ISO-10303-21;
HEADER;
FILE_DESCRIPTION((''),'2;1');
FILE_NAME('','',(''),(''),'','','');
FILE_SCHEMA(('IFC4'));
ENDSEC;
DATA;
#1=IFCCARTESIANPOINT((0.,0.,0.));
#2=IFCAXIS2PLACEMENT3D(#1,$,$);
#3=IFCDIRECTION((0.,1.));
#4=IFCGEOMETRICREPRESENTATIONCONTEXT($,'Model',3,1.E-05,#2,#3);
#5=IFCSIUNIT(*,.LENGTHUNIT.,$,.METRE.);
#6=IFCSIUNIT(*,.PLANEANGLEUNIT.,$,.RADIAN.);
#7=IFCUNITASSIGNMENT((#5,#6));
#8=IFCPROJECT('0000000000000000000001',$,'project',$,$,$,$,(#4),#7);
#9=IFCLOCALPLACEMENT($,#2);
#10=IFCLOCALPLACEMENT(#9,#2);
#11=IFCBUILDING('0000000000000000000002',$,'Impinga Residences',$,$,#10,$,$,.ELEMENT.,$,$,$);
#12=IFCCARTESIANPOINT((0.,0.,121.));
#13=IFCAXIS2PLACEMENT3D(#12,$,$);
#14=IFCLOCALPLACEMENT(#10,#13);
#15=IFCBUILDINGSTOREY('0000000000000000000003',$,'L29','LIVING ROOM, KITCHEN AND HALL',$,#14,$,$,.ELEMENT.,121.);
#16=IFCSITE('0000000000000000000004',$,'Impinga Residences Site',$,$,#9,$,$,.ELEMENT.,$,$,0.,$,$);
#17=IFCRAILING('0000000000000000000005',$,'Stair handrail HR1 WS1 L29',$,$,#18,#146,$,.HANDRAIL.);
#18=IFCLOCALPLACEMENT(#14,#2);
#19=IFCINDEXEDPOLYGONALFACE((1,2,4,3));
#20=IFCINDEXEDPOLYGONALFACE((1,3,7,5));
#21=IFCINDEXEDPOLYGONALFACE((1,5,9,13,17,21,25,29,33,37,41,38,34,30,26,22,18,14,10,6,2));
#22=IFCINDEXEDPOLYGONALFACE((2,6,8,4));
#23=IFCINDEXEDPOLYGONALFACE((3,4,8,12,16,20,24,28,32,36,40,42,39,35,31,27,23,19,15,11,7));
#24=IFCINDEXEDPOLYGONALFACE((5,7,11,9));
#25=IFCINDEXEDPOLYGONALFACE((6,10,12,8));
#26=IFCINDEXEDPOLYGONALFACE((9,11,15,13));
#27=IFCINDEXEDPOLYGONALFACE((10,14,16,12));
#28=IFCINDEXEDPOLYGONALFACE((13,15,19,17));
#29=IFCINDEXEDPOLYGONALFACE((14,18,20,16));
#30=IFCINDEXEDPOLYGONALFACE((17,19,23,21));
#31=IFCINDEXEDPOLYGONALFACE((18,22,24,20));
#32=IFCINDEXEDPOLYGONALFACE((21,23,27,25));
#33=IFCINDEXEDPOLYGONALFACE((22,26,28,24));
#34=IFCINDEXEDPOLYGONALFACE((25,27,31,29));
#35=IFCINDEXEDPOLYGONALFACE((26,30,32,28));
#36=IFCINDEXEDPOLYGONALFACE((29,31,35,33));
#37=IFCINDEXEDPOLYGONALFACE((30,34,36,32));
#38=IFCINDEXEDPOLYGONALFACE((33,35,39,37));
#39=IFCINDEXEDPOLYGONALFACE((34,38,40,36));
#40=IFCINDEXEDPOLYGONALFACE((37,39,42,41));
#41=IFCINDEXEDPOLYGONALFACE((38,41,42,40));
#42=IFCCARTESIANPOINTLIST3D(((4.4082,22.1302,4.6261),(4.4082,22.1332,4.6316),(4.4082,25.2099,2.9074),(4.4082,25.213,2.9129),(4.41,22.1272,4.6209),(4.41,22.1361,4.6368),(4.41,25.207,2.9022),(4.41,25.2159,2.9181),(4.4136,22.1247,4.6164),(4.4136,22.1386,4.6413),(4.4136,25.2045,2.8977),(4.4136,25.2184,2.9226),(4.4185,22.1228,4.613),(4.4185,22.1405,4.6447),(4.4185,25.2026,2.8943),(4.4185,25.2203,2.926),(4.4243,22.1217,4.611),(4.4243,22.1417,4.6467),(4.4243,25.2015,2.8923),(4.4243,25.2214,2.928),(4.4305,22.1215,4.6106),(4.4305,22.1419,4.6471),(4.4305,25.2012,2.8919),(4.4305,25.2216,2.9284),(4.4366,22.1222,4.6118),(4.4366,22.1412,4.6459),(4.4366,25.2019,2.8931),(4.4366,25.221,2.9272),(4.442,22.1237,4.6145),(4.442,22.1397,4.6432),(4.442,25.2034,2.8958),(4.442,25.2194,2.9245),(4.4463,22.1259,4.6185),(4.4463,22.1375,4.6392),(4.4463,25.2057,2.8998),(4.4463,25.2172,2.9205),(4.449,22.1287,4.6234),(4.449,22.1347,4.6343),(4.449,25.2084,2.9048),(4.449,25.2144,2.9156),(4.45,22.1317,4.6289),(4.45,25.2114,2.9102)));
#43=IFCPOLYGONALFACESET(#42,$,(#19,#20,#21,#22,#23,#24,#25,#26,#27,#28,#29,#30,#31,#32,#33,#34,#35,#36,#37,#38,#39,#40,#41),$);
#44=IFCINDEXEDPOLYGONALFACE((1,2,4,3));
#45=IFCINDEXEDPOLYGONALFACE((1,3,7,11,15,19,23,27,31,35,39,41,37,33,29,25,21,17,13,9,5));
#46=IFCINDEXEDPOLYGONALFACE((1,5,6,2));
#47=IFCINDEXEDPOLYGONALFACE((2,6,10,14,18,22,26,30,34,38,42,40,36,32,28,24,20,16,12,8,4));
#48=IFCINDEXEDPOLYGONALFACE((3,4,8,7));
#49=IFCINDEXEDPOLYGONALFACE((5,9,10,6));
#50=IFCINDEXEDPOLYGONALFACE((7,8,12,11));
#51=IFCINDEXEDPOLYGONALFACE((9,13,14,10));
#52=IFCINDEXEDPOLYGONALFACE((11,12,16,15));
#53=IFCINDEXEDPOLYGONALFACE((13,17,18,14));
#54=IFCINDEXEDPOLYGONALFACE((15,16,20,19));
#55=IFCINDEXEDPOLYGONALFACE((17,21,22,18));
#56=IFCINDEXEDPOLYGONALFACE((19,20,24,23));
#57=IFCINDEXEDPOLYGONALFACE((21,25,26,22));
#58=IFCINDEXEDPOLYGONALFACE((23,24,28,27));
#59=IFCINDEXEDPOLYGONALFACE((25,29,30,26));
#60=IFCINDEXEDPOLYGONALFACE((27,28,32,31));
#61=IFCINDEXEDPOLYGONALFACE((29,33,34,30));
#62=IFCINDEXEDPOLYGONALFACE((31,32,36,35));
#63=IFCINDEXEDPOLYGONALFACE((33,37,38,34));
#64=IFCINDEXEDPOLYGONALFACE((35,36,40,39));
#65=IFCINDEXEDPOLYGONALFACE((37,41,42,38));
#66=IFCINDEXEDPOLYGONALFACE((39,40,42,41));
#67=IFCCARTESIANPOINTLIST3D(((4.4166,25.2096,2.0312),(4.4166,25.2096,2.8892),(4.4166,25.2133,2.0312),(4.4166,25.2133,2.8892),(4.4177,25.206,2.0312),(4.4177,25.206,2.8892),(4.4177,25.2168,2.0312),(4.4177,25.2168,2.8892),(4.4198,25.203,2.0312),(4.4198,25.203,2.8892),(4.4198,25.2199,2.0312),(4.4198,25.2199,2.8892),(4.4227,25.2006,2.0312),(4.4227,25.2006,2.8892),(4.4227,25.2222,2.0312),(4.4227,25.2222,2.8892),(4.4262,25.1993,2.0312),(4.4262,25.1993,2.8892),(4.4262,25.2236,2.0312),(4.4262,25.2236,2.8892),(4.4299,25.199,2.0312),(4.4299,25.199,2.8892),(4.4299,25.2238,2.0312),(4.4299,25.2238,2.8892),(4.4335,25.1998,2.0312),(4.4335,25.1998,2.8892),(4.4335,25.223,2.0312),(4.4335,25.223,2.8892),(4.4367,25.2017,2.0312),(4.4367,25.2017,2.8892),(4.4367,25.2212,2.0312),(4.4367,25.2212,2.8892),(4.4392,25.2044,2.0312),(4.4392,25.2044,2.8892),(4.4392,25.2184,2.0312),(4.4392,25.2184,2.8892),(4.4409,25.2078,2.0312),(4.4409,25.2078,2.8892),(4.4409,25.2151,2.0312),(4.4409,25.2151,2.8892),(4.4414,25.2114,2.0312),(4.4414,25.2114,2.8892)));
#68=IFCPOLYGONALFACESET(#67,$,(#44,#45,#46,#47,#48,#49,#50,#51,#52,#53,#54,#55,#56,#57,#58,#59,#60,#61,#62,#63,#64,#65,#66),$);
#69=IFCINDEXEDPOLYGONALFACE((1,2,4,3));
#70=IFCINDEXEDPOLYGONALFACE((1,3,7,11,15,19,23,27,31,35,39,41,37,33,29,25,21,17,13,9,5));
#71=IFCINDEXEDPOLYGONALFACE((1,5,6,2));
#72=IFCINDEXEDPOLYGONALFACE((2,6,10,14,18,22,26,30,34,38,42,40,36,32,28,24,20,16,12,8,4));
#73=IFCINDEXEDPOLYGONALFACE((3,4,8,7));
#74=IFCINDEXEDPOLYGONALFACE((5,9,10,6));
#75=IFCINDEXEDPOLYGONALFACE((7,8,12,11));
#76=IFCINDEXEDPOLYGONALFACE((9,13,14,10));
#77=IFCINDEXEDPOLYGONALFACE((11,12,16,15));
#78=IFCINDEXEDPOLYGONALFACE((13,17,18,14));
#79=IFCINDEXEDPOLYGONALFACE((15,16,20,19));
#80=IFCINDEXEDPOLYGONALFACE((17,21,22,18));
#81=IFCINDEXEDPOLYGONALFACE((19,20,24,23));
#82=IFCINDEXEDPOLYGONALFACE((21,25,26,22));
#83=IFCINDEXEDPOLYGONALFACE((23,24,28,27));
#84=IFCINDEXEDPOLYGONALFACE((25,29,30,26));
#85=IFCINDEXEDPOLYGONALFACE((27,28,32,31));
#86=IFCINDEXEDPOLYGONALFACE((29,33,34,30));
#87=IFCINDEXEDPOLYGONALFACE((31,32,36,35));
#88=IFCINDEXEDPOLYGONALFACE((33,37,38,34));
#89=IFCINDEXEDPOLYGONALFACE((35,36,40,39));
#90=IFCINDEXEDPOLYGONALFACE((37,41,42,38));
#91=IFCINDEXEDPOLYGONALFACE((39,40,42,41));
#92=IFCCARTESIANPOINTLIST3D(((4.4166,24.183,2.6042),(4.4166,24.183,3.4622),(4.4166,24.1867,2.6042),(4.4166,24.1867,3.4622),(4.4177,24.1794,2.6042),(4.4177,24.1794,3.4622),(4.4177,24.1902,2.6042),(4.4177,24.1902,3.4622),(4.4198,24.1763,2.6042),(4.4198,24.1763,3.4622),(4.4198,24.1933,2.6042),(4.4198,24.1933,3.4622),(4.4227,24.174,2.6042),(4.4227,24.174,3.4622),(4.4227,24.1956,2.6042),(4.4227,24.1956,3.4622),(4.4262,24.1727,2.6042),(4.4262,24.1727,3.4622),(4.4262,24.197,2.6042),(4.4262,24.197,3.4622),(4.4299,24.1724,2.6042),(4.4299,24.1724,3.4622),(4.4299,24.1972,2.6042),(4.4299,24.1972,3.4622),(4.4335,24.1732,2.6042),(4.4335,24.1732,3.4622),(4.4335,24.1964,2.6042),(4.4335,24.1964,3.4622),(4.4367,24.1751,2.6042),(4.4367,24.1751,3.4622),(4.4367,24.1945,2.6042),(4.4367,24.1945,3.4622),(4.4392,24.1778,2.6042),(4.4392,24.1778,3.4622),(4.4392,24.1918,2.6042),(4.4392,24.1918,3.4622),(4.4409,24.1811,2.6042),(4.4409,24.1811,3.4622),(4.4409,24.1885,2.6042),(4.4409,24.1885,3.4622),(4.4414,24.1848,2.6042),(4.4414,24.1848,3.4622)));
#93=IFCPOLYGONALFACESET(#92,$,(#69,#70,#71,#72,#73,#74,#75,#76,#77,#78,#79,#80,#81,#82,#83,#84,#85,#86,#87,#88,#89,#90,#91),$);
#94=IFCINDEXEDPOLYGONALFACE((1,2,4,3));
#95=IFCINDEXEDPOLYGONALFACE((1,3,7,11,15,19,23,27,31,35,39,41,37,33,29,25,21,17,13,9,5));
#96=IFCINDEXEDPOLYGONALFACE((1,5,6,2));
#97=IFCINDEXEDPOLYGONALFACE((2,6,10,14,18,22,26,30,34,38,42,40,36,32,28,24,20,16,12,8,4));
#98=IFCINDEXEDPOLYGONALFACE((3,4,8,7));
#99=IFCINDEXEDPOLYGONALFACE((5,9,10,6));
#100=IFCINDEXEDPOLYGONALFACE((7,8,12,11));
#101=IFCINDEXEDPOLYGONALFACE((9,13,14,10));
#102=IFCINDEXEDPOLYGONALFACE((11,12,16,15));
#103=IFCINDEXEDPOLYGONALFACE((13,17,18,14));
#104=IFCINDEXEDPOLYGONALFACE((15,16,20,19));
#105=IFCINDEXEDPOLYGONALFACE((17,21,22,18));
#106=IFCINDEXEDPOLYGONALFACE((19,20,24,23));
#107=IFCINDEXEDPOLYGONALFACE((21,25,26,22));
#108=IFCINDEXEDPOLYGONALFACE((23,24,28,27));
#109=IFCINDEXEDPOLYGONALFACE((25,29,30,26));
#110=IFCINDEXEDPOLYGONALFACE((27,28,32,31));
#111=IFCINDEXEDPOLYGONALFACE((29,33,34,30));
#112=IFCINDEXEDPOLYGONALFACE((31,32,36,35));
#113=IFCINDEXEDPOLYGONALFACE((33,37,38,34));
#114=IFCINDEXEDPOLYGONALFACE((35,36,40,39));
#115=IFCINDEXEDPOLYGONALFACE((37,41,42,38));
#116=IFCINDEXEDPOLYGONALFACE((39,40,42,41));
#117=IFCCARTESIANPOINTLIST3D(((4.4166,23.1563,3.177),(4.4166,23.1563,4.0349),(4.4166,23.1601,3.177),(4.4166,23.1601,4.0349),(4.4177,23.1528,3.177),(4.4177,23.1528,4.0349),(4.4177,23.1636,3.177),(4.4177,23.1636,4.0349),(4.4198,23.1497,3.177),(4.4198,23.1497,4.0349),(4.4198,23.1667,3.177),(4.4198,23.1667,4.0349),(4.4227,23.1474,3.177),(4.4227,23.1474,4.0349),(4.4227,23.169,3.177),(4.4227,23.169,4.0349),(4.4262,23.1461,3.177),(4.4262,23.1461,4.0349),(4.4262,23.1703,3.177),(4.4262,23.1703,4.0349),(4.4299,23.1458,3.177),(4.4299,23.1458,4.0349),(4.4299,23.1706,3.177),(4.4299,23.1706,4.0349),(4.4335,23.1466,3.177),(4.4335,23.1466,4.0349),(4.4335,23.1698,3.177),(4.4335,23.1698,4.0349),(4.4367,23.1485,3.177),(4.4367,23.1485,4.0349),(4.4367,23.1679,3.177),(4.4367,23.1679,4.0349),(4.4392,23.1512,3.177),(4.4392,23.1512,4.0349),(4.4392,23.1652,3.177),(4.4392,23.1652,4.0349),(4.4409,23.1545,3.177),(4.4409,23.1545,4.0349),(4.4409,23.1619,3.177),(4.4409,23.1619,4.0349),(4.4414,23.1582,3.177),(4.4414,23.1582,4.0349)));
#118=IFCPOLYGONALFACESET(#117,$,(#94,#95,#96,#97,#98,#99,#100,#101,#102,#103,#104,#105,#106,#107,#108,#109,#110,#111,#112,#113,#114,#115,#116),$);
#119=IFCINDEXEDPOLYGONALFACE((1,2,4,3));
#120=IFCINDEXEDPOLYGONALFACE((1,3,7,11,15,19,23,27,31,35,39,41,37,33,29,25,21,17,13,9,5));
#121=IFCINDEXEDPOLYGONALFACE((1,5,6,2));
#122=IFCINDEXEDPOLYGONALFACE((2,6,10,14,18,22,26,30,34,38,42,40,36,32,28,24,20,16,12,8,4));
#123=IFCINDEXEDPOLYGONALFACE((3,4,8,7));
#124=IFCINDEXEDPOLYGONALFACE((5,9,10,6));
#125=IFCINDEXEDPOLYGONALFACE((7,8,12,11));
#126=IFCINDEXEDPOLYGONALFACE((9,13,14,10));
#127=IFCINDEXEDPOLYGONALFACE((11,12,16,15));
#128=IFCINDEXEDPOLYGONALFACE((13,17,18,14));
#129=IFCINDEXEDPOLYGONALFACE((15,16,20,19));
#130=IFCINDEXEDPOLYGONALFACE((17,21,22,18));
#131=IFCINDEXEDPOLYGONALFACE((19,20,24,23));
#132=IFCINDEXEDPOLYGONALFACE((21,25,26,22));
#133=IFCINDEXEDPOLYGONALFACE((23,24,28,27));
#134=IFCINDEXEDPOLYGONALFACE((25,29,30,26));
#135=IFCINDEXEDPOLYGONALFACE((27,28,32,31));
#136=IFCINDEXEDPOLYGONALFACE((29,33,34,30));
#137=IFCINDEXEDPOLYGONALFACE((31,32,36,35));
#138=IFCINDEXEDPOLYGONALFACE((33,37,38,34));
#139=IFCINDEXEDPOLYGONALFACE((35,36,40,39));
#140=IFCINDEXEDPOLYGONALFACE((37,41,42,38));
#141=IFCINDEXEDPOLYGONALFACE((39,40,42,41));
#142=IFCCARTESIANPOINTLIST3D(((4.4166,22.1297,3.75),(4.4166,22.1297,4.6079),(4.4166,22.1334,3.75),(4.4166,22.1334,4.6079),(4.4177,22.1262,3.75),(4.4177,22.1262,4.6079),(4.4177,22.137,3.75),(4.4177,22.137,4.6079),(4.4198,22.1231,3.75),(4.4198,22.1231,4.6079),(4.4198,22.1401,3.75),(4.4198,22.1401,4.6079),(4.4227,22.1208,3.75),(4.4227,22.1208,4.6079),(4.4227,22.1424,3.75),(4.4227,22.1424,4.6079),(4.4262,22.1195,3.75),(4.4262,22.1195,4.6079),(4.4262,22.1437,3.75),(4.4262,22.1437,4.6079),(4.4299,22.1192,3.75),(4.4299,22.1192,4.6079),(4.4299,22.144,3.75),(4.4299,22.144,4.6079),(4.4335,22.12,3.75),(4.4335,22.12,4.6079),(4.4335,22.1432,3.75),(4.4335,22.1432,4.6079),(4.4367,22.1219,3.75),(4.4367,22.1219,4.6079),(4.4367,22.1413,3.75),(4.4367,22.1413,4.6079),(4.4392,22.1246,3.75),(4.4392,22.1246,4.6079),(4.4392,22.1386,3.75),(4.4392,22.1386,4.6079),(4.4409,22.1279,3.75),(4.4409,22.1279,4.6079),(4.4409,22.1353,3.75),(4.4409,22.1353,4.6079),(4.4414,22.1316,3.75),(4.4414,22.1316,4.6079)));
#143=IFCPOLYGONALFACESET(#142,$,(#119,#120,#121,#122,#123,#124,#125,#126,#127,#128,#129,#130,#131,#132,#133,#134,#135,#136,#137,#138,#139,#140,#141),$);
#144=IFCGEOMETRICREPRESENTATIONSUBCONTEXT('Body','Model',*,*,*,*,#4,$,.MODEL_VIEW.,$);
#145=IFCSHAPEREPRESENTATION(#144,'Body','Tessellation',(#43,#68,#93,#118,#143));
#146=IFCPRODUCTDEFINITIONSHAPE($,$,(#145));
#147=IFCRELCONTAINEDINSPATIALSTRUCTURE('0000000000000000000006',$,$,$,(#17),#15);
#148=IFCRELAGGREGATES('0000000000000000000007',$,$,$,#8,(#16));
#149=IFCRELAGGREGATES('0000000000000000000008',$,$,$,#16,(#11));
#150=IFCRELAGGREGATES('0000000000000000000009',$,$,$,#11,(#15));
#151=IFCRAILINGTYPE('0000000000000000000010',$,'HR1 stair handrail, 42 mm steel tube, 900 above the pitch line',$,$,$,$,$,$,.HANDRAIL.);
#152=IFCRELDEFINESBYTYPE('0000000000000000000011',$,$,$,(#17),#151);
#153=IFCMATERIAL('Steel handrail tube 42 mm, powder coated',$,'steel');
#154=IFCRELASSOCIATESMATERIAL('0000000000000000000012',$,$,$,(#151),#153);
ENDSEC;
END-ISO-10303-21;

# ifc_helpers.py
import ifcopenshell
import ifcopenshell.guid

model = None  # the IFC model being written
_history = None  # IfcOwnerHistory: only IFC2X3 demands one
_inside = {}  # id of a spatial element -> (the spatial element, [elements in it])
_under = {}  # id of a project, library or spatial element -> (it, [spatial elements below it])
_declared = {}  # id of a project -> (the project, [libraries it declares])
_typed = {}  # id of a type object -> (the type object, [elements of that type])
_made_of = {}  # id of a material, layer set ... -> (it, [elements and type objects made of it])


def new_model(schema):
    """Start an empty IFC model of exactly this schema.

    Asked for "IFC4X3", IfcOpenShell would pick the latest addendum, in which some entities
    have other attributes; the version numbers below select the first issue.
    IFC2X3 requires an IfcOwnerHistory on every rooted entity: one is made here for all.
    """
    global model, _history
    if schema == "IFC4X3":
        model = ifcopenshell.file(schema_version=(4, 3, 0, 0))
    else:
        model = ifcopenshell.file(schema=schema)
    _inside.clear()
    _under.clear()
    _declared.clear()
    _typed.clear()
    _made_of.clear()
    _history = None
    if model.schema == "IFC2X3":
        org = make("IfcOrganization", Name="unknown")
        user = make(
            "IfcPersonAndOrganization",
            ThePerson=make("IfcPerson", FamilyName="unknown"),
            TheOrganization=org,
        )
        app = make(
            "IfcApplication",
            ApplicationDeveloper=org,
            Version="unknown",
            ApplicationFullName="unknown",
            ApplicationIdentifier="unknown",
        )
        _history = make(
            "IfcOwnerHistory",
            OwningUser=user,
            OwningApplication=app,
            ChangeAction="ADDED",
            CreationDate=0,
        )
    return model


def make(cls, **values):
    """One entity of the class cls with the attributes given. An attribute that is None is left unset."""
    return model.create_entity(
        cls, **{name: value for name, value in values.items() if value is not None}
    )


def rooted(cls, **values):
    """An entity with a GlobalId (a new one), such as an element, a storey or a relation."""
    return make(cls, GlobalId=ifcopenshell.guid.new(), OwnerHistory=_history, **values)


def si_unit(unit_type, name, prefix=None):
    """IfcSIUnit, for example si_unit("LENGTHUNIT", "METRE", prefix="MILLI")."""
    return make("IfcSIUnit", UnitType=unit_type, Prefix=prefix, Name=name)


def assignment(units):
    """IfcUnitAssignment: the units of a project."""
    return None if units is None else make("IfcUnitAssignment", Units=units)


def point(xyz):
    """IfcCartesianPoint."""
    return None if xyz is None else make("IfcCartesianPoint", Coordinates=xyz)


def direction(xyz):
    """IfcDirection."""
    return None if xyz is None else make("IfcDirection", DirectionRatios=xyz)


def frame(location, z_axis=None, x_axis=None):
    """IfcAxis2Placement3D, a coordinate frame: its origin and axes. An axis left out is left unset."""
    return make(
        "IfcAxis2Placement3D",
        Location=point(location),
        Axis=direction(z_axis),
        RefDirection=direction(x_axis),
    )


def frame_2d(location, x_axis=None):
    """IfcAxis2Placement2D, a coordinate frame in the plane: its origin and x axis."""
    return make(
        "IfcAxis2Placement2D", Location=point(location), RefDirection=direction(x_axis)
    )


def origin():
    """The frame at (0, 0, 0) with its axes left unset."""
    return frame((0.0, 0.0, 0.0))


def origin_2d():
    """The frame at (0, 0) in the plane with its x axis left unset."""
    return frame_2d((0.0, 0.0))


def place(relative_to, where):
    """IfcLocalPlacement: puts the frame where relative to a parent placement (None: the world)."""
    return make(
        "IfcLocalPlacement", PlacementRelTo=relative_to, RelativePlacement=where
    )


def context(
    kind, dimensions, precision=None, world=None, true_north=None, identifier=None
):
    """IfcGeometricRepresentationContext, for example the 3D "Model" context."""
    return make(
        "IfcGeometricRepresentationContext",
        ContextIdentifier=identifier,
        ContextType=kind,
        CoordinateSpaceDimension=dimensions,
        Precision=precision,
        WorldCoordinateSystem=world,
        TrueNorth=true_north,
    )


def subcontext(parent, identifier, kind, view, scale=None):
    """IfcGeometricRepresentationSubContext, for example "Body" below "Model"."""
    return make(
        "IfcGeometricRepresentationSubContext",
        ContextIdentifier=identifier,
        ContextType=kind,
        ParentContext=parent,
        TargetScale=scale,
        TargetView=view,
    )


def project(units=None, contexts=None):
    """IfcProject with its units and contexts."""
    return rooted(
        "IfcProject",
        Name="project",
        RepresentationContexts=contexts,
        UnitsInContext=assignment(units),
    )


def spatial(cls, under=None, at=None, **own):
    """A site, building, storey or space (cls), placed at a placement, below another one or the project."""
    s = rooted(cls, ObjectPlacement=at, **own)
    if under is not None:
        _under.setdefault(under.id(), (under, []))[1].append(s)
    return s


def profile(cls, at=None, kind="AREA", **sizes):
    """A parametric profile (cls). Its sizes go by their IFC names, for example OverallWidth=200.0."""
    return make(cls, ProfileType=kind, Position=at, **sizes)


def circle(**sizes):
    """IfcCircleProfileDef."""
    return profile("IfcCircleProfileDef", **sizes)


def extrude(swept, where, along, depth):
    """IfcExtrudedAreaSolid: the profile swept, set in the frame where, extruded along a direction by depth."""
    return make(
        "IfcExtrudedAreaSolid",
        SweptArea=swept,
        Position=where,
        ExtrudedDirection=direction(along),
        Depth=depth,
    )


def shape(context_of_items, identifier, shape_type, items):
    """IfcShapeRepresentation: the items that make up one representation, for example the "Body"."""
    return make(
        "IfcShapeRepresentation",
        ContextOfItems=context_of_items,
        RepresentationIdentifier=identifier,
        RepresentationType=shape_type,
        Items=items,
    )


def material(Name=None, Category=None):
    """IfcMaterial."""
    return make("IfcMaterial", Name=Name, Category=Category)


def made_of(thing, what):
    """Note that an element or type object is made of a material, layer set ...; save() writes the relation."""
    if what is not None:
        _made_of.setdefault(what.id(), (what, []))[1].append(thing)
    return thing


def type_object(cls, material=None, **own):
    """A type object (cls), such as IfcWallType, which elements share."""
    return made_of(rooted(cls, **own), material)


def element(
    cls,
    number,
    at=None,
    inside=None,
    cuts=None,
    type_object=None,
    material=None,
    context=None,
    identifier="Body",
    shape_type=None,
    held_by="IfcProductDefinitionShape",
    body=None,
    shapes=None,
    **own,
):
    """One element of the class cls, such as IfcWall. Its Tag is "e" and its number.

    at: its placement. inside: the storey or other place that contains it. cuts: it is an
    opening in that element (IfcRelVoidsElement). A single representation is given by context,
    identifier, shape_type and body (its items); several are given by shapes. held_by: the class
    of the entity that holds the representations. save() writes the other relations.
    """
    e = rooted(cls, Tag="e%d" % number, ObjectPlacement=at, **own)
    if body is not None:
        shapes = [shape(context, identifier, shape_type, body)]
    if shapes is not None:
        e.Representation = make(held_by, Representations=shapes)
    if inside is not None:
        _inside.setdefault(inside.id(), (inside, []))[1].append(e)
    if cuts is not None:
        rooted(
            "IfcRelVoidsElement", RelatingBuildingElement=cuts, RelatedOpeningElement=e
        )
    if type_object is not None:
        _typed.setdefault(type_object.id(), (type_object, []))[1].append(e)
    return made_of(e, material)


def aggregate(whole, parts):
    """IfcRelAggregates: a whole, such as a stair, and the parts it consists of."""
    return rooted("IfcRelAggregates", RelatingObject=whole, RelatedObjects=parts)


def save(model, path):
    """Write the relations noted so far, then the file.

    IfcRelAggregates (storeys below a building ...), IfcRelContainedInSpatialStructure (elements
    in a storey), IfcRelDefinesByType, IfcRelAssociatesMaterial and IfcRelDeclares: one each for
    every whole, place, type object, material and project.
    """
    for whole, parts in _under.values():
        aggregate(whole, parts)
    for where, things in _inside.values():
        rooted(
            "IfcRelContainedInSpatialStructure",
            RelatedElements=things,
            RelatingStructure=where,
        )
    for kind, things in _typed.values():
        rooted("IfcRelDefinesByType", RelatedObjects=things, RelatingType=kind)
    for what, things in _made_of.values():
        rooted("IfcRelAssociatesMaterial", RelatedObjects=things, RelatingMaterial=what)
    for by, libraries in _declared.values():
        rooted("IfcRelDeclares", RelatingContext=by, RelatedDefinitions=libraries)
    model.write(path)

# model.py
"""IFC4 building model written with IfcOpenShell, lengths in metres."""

from ifc_helpers import new_model, si_unit, direction, frame, origin, origin_2d, place, context, subcontext, project, spatial, circle, extrude, material, type_object, element, save


model = new_model("IFC4")

# Units and contexts
model_context = context("Model", 3, precision=1e-05, world=origin(), true_north=direction((0.0, 1.0)))
body_context = subcontext(model_context, "Body", "Model", "MODEL_VIEW")
ifc_project = project(units=[si_unit("LENGTHUNIT", "METRE"), si_unit("PLANEANGLEUNIT", "RADIAN")], contexts=[model_context])

# Site, building, storey
site_placement = place(None, origin())
site = spatial("IfcSite", under=ifc_project, at=site_placement, Name="Impinga Residences Site", CompositionType="ELEMENT", RefElevation=0.0)
building_placement = place(site_placement, origin())
building = spatial("IfcBuilding", under=site, at=building_placement, Name="Impinga Residences", CompositionType="ELEMENT")
storey_placement = place(building_placement, frame((0.0, 0.0, 121.0)))
storey = spatial("IfcBuildingStorey", under=building, at=storey_placement, Name="L29", Description="LIVING ROOM, KITCHEN AND HALL", CompositionType="ELEMENT", Elevation=121.0)

# Railing
ifc_material_1 = material(Name="Steel handrail tube 42 mm, powder coated", Category="steel")
railing_type_1 = type_object("IfcRailingType", Name="HR1 stair handrail, 42 mm steel tube, 900 above the pitch line", PredefinedType="HANDRAIL", material=ifc_material_1)
railing_1_placement = place(storey_placement, frame((4.429, 25.2114, 2.0312)))
element("IfcRailing", 1, at=railing_1_placement, inside=storey, type_object=railing_type_1, Name="Stair handrail HR1 WS1 L29", PredefinedType="HANDRAIL", context=body_context, shape_type="SweptSolid", body=[
    extrude(circle(Radius=0.021, at=origin_2d()), frame((0.0, 0.0, 0.8789), z_axis=(0.0, -0.873225, 0.487317), x_axis=(1.0, 0.0, 0.0)), (0.0, 0.0, 1.0), 3.5269),
    extrude(circle(Radius=0.0125, at=origin_2d()), origin(), (0.0, 0.0, 1.0), 0.8579),
    extrude(circle(Radius=0.0125, at=origin_2d()), frame((0.0, -1.0266, 0.573)), (0.0, 0.0, 1.0), 0.8579),
    extrude(circle(Radius=0.0125, at=origin_2d()), frame((0.0, -2.0532, 1.1458)), (0.0, 0.0, 1.0), 0.8579),
    extrude(circle(Radius=0.0125, at=origin_2d()), frame((0.0, -3.0798, 1.7188)), (0.0, 0.0, 1.0), 0.8579),
])

save(model, "model.ifc")
